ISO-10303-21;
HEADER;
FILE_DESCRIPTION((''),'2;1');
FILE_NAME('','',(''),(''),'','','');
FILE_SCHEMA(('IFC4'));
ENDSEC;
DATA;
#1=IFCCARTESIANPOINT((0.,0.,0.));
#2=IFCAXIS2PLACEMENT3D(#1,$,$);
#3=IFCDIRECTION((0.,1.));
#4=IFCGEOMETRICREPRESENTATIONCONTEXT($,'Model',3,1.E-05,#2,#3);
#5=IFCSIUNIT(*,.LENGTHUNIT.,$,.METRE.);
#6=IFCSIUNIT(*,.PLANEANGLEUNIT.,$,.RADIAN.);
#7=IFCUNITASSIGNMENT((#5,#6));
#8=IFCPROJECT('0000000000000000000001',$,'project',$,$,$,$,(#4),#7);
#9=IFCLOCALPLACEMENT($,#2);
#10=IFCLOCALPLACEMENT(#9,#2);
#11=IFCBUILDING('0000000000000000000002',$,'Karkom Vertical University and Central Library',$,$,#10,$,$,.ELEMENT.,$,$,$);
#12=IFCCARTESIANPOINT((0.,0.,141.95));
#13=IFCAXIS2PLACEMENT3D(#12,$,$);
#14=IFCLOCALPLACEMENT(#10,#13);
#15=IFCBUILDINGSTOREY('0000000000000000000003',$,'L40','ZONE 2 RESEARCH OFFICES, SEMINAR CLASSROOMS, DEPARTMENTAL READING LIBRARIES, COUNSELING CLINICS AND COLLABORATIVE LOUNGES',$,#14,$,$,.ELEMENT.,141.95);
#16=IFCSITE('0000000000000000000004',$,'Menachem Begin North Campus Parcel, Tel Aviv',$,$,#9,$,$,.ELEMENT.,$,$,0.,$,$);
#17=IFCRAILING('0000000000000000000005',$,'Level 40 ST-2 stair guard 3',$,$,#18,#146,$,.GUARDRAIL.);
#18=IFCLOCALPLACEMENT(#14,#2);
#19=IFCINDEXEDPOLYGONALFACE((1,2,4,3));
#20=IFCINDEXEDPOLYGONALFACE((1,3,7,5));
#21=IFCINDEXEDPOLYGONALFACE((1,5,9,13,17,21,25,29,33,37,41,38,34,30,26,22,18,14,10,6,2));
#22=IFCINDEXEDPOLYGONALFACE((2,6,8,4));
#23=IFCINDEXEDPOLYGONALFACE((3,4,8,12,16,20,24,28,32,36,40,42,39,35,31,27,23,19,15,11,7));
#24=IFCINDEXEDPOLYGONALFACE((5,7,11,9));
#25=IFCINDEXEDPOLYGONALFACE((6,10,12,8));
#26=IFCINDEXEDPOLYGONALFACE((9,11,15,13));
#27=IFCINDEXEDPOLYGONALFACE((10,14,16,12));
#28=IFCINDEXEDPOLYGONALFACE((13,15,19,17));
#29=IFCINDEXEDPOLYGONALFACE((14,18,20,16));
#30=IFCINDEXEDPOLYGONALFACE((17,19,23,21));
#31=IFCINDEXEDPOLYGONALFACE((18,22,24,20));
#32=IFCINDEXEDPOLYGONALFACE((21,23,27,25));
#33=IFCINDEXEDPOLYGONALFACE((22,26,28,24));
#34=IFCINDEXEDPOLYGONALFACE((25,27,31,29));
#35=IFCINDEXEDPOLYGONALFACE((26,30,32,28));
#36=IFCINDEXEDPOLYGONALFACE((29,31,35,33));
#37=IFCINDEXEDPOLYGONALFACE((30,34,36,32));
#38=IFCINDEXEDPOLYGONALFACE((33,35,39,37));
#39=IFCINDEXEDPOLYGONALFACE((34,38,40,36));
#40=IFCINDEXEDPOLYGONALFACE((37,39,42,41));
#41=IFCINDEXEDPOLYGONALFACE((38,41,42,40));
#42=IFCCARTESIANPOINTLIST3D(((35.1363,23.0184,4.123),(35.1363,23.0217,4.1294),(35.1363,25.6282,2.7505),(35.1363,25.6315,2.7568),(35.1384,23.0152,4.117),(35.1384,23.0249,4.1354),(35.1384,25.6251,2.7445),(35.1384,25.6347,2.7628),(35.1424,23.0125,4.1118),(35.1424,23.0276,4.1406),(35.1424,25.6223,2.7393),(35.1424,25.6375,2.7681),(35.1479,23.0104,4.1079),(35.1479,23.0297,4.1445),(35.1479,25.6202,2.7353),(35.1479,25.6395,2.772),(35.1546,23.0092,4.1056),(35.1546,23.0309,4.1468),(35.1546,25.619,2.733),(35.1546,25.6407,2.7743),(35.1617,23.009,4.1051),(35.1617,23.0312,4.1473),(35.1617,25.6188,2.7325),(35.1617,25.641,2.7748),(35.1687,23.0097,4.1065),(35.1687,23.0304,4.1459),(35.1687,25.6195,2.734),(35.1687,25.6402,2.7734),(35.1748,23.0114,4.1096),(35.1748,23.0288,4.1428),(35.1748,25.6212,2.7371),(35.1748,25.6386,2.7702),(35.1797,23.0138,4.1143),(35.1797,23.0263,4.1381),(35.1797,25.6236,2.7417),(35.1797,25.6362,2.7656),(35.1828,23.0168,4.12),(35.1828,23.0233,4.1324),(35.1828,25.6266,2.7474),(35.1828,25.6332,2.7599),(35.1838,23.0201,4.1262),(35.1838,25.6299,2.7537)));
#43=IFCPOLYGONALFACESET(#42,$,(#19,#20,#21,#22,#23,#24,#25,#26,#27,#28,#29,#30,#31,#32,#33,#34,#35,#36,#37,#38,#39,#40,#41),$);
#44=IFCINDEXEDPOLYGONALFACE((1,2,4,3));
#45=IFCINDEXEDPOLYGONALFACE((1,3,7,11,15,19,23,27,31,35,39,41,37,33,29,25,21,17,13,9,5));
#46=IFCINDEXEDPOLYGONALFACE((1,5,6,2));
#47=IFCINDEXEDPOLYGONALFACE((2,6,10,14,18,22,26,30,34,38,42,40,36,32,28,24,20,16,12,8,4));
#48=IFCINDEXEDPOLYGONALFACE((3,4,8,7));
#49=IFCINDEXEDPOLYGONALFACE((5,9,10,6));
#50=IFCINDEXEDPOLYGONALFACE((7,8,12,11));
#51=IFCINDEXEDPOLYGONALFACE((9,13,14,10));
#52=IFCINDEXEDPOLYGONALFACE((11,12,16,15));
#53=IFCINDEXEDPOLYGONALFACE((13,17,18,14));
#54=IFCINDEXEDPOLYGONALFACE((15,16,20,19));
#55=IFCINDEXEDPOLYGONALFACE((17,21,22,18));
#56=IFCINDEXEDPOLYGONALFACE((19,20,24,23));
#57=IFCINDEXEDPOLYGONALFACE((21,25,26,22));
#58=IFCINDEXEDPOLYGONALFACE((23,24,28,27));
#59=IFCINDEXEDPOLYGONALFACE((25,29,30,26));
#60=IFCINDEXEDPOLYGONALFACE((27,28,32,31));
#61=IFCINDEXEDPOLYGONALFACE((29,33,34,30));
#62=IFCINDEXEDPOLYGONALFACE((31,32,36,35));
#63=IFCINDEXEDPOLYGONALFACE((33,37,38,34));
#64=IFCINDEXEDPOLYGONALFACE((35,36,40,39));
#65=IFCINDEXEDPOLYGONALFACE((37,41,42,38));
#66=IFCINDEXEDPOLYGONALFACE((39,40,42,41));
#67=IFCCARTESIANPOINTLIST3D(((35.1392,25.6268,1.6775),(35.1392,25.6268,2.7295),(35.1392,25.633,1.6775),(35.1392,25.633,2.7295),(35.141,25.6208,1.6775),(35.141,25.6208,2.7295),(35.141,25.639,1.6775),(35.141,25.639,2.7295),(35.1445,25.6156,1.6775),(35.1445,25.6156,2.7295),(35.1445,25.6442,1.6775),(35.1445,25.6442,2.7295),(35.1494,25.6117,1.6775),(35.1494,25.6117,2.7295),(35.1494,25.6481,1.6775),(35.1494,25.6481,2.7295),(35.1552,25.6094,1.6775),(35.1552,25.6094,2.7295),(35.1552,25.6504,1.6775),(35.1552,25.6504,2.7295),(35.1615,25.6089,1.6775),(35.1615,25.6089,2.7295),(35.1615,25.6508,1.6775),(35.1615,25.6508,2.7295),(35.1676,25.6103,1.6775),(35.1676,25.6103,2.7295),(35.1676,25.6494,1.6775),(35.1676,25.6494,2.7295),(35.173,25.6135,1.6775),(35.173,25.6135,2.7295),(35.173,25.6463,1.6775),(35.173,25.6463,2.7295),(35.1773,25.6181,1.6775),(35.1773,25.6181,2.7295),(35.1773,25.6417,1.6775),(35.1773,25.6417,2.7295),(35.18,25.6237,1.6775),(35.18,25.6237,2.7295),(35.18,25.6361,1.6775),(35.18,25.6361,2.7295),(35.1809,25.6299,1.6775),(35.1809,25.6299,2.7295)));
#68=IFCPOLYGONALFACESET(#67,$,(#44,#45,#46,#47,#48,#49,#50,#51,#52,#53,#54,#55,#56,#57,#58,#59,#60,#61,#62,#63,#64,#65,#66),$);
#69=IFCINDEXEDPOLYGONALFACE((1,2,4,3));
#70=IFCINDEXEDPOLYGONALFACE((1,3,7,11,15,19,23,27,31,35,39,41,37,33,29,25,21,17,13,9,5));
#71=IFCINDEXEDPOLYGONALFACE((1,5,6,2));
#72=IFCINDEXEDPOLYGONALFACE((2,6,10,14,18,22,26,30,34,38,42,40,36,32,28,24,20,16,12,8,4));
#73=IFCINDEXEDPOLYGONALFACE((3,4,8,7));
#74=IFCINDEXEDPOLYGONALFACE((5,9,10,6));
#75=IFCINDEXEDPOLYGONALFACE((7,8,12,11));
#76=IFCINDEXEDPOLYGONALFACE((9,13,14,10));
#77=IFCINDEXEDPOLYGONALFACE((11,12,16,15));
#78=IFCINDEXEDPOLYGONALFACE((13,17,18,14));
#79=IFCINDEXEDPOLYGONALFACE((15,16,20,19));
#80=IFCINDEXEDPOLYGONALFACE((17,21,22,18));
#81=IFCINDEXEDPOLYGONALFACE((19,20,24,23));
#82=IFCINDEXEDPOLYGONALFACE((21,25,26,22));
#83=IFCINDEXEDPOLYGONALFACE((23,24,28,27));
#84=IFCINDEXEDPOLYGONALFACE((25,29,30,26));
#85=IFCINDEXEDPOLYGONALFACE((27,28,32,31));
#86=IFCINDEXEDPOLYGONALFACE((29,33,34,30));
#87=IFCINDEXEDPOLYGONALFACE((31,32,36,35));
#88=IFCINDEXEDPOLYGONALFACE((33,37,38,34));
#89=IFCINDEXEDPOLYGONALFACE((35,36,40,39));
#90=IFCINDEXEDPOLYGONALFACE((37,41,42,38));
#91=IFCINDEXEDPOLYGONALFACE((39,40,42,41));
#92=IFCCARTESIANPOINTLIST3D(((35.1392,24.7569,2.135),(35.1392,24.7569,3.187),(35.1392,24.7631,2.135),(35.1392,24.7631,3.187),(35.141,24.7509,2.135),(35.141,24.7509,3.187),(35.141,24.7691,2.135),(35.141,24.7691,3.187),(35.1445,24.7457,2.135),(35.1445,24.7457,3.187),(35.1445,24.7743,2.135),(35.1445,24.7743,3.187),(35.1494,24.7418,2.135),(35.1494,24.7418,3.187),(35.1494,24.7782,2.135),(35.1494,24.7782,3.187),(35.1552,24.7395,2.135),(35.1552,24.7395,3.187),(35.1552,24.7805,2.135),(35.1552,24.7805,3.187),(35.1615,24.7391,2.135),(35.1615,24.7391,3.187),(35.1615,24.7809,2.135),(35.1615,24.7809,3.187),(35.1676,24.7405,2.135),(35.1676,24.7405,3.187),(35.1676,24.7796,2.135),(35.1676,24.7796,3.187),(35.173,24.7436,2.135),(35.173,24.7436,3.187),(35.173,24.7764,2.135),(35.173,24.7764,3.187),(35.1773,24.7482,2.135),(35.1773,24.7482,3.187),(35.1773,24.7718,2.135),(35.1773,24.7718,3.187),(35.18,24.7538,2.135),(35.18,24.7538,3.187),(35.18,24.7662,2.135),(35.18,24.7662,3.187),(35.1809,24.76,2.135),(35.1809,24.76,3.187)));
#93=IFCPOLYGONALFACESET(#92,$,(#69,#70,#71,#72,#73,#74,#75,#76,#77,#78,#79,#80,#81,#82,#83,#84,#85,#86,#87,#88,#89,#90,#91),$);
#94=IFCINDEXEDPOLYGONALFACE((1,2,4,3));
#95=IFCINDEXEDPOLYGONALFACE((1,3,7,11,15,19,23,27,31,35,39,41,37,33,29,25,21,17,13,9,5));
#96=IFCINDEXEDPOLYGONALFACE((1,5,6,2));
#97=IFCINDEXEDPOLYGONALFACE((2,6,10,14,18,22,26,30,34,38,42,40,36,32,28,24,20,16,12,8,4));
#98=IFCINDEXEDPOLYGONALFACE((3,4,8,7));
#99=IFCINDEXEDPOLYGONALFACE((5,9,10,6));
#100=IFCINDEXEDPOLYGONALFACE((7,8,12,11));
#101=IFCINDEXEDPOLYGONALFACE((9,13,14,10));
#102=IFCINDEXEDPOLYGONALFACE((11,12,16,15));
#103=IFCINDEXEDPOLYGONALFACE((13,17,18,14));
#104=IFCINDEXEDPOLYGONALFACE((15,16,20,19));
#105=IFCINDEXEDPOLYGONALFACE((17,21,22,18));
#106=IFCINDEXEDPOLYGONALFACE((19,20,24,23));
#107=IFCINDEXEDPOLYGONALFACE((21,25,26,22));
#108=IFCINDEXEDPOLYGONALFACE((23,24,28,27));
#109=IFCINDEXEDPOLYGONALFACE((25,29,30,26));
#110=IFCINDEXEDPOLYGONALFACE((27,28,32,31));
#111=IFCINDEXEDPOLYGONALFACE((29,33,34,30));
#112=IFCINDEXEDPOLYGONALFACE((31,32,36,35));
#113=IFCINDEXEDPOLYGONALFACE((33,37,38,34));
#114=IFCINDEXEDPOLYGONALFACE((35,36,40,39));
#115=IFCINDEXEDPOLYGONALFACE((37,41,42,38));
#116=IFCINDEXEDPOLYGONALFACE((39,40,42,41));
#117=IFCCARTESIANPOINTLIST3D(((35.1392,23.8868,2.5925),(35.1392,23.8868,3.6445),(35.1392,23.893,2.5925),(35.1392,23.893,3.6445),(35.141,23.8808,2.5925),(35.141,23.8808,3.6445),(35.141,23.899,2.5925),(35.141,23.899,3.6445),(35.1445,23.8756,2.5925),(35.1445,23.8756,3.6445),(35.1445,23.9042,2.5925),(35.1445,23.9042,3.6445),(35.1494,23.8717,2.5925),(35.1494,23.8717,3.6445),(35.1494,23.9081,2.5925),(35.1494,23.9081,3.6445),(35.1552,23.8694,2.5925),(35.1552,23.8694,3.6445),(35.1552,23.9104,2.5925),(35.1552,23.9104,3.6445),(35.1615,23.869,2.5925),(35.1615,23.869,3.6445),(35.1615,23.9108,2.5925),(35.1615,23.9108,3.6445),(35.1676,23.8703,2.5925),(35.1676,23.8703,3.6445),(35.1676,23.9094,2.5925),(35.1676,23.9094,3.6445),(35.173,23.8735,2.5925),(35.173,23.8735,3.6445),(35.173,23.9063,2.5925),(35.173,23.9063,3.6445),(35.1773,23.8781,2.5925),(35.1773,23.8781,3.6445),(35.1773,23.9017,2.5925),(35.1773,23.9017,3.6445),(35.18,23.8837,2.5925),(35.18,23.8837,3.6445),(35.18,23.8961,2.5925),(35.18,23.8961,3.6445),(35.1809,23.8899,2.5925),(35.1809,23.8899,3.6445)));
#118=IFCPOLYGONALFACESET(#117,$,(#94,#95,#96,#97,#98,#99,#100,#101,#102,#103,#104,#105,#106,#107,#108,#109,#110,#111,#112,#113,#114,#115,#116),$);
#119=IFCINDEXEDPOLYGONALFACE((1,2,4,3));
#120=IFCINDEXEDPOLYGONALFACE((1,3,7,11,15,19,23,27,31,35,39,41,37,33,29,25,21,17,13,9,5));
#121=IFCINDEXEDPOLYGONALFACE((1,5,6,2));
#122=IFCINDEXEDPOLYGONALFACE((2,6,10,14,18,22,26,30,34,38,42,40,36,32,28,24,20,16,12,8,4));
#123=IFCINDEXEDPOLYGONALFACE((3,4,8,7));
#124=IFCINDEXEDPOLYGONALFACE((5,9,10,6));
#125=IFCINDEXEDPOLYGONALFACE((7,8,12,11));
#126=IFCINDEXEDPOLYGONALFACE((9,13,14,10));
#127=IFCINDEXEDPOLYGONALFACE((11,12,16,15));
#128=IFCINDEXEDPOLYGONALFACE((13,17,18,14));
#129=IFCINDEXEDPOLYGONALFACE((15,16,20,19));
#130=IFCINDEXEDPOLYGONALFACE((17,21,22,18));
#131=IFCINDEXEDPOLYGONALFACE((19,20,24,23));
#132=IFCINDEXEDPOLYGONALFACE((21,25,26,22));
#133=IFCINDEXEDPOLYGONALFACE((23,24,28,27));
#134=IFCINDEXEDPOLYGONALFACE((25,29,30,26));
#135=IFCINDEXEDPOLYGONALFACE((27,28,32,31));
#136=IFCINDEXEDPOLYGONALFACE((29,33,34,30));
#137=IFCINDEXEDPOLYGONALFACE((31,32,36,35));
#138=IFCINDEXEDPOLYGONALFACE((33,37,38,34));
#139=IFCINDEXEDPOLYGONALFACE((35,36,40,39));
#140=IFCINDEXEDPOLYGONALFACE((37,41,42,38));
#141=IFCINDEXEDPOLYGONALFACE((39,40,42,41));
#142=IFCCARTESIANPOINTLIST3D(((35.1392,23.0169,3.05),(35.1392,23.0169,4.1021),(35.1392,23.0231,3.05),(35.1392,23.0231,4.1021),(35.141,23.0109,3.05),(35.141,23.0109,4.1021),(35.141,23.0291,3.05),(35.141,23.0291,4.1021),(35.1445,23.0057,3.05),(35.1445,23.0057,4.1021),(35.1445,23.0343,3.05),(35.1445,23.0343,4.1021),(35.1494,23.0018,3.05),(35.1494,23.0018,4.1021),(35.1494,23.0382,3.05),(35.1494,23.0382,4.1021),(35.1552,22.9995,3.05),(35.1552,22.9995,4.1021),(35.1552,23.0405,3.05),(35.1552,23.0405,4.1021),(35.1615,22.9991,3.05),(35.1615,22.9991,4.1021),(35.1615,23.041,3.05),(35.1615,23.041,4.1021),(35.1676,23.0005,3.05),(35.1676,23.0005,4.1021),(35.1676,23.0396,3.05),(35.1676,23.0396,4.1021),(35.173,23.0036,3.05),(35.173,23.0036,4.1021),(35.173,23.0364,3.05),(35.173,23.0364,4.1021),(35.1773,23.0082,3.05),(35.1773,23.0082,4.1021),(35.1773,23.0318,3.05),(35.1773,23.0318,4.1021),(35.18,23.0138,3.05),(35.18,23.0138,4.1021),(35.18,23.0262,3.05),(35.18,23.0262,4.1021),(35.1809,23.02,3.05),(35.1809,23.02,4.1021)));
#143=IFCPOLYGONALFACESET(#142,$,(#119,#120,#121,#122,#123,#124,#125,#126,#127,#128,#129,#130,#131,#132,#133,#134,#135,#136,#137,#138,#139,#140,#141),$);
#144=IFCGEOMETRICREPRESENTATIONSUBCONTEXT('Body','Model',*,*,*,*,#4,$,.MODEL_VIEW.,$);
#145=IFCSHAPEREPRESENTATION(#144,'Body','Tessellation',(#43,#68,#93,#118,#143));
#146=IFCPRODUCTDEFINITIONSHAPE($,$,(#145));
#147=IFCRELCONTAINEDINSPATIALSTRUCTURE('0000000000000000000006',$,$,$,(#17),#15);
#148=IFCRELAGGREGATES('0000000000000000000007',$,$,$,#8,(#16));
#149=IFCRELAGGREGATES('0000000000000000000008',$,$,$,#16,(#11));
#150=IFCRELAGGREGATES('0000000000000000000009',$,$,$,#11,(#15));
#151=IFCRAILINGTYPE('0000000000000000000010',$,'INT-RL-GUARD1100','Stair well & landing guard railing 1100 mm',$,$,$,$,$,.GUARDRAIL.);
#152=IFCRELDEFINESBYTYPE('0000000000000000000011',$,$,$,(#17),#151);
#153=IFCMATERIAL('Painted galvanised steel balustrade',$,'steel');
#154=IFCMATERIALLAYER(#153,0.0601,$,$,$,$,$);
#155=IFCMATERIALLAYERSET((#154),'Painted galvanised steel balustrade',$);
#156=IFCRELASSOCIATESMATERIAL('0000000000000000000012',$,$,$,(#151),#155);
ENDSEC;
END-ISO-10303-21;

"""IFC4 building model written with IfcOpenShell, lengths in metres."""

from ifc_helpers import new_model, si_unit, direction, frame, origin, origin_2d, place, context, subcontext, project, spatial, circle, extrude, material, layer, layer_set, type_object, element, save


model = new_model("IFC4")

# Units and contexts
model_context = context("Model", 3, precision=1e-05, world=origin(), true_north=direction((0.0, 1.0)))
body_context = subcontext(model_context, "Body", "Model", "MODEL_VIEW")
ifc_project = project(units=[si_unit("LENGTHUNIT", "METRE"), si_unit("PLANEANGLEUNIT", "RADIAN")], contexts=[model_context])

# Site, building, storey
site_placement = place(None, origin())
site = spatial("IfcSite", under=ifc_project, at=site_placement, Name="Menachem Begin North Campus Parcel, Tel Aviv", CompositionType="ELEMENT", RefElevation=0.0)
building_placement = place(site_placement, origin())
building = spatial("IfcBuilding", under=site, at=building_placement, Name="Karkom Vertical University and Central Library", CompositionType="ELEMENT")
storey_placement = place(building_placement, frame((0.0, 0.0, 141.95)))
storey = spatial("IfcBuildingStorey", under=building, at=storey_placement, Name="L40", Description="ZONE 2 RESEARCH OFFICES, SEMINAR CLASSROOMS, DEPARTMENTAL READING LIBRARIES, COUNSELING CLINICS AND COLLABORATIVE LOUNGES", CompositionType="ELEMENT", Elevation=141.95)

# Railing
ifc_material_1 = material(Name="Painted galvanised steel balustrade", Category="steel")
ifc_layer_1 = layer(ifc_material_1, 0.0601)
ifc_layer_set_1 = layer_set([ifc_layer_1], Name="Painted galvanised steel balustrade")
railing_type_1 = type_object("IfcRailingType", Name="INT-RL-GUARD1100", Description="Stair well & landing guard railing 1100 mm", PredefinedType="GUARDRAIL", material=ifc_layer_set_1)
railing_1_placement = place(storey_placement, frame((35.1599, 25.6299, 1.6775)))
element("IfcRailing", 1, at=railing_1_placement, inside=storey, type_object=railing_type_1, Name="Level 40 ST-2 stair guard 3", PredefinedType="GUARDRAIL", context=body_context, shape_type="SweptSolid", body=[
    extrude(circle(Radius=0.0239, at=origin_2d()), frame((0.0, 0.0, 1.0762), z_axis=(0.0, -0.885065, 0.465467), x_axis=(1.0, 0.0, 0.0)), (0.0, 0.0, 1.0), 2.9487),
    extrude(circle(Radius=0.021, at=origin_2d()), origin(), (0.0, 0.0, 1.0), 1.052),
    extrude(circle(Radius=0.021, at=origin_2d()), frame((0.0, -0.8699, 0.4575)), (0.0, 0.0, 1.0), 1.052),
    extrude(circle(Radius=0.021, at=origin_2d()), frame((0.0, -1.74, 0.915)), (0.0, 0.0, 1.0), 1.052),
    extrude(circle(Radius=0.021, at=origin_2d()), frame((0.0, -2.6099, 1.3726)), (0.0, 0.0, 1.0), 1.052),
])

save(model, "model.ifc")
